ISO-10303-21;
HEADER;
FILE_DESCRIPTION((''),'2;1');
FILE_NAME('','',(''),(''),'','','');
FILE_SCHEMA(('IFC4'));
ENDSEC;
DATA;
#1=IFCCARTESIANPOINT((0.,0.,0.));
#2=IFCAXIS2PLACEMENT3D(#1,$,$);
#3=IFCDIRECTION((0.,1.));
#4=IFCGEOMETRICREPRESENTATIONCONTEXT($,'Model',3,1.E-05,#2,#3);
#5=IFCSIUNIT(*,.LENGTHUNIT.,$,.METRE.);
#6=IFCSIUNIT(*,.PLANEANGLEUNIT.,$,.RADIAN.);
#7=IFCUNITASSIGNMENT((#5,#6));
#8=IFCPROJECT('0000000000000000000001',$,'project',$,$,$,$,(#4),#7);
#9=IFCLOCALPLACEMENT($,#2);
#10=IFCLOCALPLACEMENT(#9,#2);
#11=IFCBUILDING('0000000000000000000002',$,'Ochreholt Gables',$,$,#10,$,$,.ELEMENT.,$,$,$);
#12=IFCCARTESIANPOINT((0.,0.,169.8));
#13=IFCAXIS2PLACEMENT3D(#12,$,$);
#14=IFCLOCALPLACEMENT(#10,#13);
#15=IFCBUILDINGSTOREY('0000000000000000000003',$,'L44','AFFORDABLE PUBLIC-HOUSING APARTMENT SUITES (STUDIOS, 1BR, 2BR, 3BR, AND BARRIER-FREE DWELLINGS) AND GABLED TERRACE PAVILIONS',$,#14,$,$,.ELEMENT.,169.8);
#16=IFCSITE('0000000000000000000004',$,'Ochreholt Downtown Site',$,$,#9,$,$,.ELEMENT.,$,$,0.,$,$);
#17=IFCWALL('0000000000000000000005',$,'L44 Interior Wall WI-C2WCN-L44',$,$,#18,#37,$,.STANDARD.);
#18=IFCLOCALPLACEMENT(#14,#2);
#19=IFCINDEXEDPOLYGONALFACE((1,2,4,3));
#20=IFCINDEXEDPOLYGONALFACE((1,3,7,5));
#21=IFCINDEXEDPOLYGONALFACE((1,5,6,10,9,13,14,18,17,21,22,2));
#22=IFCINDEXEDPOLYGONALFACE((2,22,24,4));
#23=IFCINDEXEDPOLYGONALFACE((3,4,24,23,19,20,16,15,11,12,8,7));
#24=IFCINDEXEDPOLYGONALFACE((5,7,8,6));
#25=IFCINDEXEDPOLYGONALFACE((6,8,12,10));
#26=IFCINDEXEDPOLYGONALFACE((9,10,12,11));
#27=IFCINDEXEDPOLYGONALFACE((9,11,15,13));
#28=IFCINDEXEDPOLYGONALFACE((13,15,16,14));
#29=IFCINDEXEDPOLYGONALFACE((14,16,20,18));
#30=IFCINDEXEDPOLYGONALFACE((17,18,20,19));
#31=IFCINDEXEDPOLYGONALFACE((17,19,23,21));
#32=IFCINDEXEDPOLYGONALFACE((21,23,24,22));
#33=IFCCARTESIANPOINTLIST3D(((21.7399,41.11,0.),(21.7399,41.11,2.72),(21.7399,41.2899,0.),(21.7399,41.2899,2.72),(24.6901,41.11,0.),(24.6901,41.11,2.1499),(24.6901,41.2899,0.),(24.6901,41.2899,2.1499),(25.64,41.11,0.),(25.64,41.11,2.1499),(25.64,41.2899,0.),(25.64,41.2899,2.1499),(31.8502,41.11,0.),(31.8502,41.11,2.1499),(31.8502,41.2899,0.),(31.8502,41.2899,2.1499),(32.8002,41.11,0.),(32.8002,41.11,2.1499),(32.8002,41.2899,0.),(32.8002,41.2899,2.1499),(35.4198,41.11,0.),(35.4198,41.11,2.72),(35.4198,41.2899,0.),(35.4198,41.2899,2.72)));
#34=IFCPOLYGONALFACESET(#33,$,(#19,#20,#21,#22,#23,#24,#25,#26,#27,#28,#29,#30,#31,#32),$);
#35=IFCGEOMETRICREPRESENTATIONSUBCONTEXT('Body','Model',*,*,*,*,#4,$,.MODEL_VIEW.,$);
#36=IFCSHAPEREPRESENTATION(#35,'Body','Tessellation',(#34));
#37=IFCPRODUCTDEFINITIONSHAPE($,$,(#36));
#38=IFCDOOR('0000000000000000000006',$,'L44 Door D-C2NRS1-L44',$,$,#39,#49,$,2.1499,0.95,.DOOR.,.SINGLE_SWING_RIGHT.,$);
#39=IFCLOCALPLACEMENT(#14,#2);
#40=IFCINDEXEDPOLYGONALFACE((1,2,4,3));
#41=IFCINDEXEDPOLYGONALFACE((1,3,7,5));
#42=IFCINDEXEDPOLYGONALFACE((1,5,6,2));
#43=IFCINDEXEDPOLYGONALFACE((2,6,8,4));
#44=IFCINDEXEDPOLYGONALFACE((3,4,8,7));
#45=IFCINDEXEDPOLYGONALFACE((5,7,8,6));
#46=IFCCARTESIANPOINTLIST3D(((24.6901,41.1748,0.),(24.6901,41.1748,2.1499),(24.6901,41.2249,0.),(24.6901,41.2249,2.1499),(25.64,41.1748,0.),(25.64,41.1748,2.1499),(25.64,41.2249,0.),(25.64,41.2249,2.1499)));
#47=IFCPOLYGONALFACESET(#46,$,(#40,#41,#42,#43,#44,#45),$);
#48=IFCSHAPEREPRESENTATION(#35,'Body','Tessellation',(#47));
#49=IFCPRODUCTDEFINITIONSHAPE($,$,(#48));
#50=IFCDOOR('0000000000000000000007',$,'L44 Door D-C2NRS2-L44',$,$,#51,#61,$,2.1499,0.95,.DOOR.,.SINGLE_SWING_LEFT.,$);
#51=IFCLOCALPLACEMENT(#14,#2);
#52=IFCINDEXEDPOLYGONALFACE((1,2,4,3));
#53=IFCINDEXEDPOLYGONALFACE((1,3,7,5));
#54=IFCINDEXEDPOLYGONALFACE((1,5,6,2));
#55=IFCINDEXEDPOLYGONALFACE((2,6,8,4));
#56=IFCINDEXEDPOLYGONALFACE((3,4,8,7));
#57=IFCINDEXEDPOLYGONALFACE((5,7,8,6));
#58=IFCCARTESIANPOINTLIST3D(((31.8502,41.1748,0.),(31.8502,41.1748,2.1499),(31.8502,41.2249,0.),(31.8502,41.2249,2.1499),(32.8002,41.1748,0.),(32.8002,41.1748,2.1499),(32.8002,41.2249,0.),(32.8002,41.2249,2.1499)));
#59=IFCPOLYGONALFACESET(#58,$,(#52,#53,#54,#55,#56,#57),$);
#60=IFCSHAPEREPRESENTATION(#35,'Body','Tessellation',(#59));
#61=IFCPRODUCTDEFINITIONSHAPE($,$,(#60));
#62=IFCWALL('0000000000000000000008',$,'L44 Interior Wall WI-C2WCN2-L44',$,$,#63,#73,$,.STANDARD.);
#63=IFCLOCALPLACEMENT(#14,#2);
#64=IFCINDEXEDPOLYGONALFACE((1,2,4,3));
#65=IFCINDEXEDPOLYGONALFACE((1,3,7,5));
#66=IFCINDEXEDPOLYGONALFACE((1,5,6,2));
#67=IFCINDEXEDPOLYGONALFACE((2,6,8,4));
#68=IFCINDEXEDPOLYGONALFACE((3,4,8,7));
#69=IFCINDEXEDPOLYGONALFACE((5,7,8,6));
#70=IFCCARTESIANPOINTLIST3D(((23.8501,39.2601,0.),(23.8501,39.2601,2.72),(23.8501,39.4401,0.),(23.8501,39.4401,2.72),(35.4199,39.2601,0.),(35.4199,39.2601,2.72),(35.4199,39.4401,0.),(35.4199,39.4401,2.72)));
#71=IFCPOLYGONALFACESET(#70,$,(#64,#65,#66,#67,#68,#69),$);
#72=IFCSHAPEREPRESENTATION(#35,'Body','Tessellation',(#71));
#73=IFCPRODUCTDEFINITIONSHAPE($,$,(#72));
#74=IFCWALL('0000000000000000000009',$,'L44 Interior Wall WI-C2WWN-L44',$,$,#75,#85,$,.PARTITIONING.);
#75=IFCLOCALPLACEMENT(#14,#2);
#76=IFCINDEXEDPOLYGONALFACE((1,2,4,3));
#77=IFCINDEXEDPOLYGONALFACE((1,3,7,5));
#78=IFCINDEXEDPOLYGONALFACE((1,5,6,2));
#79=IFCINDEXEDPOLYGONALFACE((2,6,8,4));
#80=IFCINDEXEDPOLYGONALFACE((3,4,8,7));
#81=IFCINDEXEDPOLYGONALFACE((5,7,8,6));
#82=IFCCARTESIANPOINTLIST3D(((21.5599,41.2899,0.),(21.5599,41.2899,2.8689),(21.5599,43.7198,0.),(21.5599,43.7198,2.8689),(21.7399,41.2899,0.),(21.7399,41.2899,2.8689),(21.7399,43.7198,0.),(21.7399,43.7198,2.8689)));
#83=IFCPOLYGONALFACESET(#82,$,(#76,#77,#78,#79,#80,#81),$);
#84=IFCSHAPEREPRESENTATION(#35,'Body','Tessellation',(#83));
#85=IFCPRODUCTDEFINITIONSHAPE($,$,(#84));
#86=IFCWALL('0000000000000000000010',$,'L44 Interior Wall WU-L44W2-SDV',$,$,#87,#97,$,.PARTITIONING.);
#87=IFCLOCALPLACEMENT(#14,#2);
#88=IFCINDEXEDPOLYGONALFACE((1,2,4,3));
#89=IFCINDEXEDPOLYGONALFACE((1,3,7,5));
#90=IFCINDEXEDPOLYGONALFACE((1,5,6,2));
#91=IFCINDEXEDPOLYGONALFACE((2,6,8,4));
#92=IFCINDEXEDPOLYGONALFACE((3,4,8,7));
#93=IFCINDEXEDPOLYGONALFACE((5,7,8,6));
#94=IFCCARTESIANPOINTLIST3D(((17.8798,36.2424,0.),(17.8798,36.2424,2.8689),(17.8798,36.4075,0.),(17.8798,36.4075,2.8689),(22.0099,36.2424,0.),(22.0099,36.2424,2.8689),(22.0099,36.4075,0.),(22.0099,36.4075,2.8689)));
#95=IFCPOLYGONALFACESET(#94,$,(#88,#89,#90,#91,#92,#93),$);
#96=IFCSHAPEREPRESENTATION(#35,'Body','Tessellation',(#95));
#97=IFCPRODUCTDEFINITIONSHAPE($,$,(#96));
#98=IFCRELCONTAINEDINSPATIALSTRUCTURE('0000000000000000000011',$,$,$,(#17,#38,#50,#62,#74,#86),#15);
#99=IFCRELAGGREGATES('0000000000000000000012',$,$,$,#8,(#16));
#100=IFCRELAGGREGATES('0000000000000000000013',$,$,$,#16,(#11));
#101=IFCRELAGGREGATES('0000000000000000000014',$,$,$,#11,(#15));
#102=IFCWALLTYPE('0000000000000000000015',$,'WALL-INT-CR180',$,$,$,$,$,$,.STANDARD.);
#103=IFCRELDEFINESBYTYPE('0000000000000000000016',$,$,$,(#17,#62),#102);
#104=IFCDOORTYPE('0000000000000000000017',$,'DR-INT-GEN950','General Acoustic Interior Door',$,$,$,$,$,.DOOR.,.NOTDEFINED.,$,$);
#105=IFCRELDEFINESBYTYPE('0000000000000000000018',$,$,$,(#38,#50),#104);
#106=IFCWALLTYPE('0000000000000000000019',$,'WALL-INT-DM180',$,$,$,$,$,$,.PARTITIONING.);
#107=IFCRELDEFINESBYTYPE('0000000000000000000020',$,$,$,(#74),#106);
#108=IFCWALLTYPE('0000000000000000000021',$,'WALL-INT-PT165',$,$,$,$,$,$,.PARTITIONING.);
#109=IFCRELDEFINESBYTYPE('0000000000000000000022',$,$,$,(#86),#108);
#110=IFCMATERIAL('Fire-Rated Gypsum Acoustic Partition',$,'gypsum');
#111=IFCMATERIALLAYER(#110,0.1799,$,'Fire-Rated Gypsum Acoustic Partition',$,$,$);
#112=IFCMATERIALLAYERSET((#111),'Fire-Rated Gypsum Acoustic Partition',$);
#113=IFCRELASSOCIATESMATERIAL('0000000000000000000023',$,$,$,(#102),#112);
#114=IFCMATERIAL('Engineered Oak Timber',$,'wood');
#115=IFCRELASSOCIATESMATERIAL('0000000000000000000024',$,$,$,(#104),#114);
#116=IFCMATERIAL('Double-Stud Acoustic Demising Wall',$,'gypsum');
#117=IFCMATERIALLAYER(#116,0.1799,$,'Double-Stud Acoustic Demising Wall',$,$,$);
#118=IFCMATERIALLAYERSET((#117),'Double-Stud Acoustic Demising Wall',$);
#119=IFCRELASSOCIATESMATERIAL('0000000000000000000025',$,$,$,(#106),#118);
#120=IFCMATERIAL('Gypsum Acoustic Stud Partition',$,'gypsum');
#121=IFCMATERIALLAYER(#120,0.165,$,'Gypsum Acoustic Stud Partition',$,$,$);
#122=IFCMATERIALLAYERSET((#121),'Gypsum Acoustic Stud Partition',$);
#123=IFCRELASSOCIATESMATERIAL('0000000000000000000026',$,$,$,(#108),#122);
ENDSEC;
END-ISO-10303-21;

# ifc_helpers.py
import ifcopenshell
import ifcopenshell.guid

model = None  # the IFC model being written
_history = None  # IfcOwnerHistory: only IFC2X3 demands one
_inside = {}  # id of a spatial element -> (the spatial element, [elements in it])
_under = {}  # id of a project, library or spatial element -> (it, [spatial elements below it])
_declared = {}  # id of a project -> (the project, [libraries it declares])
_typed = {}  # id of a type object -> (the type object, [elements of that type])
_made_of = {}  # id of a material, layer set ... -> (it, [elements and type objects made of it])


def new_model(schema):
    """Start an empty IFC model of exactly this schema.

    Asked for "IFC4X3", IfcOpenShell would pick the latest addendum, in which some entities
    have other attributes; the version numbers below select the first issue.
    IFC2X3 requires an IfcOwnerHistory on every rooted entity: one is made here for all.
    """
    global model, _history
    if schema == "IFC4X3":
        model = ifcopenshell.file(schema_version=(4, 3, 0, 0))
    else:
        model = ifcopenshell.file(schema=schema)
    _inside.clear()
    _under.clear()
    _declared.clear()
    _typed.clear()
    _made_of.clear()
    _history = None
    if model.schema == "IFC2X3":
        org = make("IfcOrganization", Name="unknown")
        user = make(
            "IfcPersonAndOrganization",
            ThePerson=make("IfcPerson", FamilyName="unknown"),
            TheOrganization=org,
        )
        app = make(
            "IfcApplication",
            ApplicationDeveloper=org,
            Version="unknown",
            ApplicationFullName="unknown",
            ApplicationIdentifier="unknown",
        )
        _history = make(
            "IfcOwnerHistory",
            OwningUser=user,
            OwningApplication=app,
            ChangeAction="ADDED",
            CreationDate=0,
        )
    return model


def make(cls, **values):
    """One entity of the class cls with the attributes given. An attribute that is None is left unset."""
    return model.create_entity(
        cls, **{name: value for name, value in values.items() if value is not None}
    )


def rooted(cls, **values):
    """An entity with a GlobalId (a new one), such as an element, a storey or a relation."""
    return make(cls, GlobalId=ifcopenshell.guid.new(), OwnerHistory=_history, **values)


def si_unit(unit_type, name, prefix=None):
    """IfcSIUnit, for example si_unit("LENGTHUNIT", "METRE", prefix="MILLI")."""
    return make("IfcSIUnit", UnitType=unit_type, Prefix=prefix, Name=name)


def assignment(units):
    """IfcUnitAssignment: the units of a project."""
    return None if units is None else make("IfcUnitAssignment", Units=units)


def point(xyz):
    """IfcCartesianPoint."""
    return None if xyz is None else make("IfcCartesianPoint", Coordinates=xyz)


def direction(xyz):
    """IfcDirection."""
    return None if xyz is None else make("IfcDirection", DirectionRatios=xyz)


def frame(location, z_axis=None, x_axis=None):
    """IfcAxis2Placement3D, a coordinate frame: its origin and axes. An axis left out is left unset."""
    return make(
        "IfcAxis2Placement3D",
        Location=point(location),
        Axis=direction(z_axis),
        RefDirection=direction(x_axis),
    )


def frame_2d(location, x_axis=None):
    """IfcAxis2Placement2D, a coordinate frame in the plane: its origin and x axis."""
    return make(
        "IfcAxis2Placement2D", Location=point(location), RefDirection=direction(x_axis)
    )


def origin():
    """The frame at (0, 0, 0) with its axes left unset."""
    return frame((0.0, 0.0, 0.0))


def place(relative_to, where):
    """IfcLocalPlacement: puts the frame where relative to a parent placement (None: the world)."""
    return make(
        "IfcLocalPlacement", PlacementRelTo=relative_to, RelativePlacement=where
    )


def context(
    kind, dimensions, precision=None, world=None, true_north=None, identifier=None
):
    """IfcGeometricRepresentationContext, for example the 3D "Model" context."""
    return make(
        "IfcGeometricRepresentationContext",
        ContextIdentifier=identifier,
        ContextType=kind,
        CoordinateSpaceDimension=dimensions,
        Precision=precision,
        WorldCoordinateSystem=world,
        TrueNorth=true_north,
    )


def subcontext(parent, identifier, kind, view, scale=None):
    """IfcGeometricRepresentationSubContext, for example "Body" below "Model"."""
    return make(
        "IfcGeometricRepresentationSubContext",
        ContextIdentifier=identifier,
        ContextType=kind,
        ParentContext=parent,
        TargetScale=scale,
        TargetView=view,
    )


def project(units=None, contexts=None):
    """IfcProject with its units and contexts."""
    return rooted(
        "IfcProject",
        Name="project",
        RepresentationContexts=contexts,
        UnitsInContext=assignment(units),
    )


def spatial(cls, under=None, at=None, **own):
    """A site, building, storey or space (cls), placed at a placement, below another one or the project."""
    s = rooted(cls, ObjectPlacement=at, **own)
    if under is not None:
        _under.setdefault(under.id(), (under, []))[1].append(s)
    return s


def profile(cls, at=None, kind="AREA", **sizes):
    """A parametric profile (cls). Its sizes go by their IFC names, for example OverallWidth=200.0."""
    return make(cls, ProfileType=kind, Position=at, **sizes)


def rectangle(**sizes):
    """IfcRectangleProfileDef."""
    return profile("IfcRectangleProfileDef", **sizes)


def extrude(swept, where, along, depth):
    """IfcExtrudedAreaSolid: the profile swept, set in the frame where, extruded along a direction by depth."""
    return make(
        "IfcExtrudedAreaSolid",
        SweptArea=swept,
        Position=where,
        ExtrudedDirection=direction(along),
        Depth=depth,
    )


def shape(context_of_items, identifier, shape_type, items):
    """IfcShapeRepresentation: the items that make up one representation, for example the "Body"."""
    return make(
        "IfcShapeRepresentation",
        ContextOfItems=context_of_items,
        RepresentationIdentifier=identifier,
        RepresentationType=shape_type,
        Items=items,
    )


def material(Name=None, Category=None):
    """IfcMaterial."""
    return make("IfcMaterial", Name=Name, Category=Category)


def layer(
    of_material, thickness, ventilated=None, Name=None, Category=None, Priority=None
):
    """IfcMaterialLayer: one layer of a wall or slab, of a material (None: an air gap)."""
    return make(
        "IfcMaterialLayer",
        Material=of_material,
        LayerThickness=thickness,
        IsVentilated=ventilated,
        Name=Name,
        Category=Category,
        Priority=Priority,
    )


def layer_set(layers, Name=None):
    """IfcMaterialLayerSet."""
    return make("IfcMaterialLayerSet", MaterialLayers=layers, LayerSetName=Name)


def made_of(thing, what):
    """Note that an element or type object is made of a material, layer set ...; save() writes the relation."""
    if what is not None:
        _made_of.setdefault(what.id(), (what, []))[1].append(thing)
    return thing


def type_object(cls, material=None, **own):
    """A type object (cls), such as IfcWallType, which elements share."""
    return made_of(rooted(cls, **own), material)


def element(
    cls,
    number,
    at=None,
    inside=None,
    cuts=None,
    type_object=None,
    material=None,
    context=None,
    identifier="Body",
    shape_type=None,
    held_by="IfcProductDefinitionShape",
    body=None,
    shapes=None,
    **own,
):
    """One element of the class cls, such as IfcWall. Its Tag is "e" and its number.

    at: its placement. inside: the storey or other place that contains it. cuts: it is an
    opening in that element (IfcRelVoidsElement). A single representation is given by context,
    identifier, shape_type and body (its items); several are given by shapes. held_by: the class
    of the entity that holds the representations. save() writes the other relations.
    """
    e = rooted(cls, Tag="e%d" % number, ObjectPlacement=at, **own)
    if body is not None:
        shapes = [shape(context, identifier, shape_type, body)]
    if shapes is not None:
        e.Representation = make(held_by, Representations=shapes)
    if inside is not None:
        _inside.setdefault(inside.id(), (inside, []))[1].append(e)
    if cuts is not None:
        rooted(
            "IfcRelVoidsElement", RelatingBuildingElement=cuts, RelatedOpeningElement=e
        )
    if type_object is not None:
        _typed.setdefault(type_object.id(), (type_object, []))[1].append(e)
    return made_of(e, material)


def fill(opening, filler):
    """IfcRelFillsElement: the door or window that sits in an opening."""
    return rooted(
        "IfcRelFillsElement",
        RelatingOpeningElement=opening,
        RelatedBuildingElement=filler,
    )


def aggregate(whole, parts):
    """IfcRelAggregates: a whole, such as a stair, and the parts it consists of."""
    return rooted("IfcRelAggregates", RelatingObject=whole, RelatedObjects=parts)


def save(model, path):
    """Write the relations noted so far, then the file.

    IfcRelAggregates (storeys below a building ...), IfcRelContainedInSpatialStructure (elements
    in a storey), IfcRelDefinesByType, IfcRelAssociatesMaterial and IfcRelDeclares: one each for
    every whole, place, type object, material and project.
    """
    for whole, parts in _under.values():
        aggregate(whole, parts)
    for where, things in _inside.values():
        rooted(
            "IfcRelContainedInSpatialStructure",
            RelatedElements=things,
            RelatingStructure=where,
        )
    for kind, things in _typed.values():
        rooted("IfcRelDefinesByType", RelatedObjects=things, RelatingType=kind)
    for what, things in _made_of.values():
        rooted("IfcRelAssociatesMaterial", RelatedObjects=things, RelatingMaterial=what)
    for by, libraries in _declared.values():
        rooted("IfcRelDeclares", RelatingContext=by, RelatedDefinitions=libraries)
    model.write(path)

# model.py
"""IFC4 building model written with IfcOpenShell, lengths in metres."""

from ifc_helpers import new_model, si_unit, direction, frame, frame_2d, origin, place, context, subcontext, project, spatial, rectangle, extrude, material, layer, layer_set, type_object, element, fill, save


model = new_model("IFC4")

# Units and contexts
model_context = context("Model", 3, precision=1e-05, world=origin(), true_north=direction((0.0, 1.0)))
body_context = subcontext(model_context, "Body", "Model", "MODEL_VIEW")
ifc_project = project(units=[si_unit("LENGTHUNIT", "METRE"), si_unit("PLANEANGLEUNIT", "RADIAN")], contexts=[model_context])

# Site, building, storey
site_placement = place(None, origin())
site = spatial("IfcSite", under=ifc_project, at=site_placement, Name="Ochreholt Downtown Site", CompositionType="ELEMENT", RefElevation=0.0)
building_placement = place(site_placement, origin())
building = spatial("IfcBuilding", under=site, at=building_placement, Name="Ochreholt Gables", CompositionType="ELEMENT")
storey_placement = place(building_placement, frame((0.0, 0.0, 169.8)))
storey = spatial("IfcBuildingStorey", under=building, at=storey_placement, Name="L44", Description="AFFORDABLE PUBLIC-HOUSING APARTMENT SUITES (STUDIOS, 1BR, 2BR, 3BR, AND BARRIER-FREE DWELLINGS) AND GABLED TERRACE PAVILIONS", CompositionType="ELEMENT", Elevation=169.8)

# Wall, openings, doors
ifc_material_1 = material(Name="Fire-Rated Gypsum Acoustic Partition", Category="gypsum")
ifc_layer_1 = layer(ifc_material_1, 0.1799, Name="Fire-Rated Gypsum Acoustic Partition")
ifc_layer_set_1 = layer_set([ifc_layer_1], Name="Fire-Rated Gypsum Acoustic Partition")
wall_type_1 = type_object("IfcWallType", Name="WALL-INT-CR180", PredefinedType="STANDARD", material=ifc_layer_set_1)
wall_1_placement = place(storey_placement, frame((21.74, 41.2, 0.0), z_axis=(0.0, 0.0, 1.0), x_axis=(1.0, 0.0, 0.0)))
wall_1 = element("IfcWall", 1, at=wall_1_placement, inside=storey, type_object=wall_type_1, Name="L44 Interior Wall WI-C2WCN-L44", PredefinedType="STANDARD", context=body_context, shape_type="SweptSolid", body=[
    extrude(rectangle(XDim=13.6799, YDim=0.1799, at=frame_2d((6.8398, 0.0))), origin(), (0.0, 0.0, 1.0), 2.72),
])
opening_1_placement = place(wall_1_placement, frame((2.95, 0.0, 0.0)))
opening_1 = element("IfcOpeningElement", 2, at=opening_1_placement, cuts=wall_1, PredefinedType="OPENING", context=body_context, shape_type="SweptSolid", body=[
    extrude(rectangle(XDim=0.95, YDim=2.1499, at=frame_2d((0.4751, 1.075))), frame((0.0, 0.0999, 0.0), z_axis=(0.0, -1.0, 0.0), x_axis=(1.0, 0.0, 0.0)), (0.0, 0.0, 1.0), 0.2),
])
opening_2_placement = place(wall_1_placement, frame((10.1101, 0.0, 0.0)))
opening_2 = element("IfcOpeningElement", 3, at=opening_2_placement, cuts=wall_1, PredefinedType="OPENING", context=body_context, shape_type="SweptSolid", body=[
    extrude(rectangle(XDim=0.95, YDim=2.1499, at=frame_2d((0.4751, 1.075))), frame((0.0, 0.0999, 0.0), z_axis=(0.0, -1.0, 0.0), x_axis=(1.0, 0.0, 0.0)), (0.0, 0.0, 1.0), 0.2),
])
ifc_material_2 = material(Name="Engineered Oak Timber", Category="wood")
door_type = type_object("IfcDoorType", Name="DR-INT-GEN950", Description="General Acoustic Interior Door", OperationType="NOTDEFINED", PredefinedType="DOOR", material=ifc_material_2)
door_1_placement = place(opening_1_placement, origin())
door_1 = element("IfcDoor", 4, at=door_1_placement, inside=storey, type_object=door_type, Name="L44 Door D-C2NRS1-L44", OperationType="SINGLE_SWING_RIGHT", OverallHeight=2.1499, OverallWidth=0.95, PredefinedType="DOOR", context=body_context, shape_type="SweptSolid", body=[
    extrude(rectangle(XDim=0.95, YDim=2.1499, at=frame_2d((0.4751, 1.075))), frame((0.0, 0.0249, 0.0), z_axis=(0.0, -1.0, 0.0), x_axis=(1.0, 0.0, 0.0)), (0.0, 0.0, 1.0), 0.05),
])
fill(opening_1, door_1)
door_2_placement = place(opening_2_placement, origin())
door_2 = element("IfcDoor", 5, at=door_2_placement, inside=storey, type_object=door_type, Name="L44 Door D-C2NRS2-L44", OperationType="SINGLE_SWING_LEFT", OverallHeight=2.1499, OverallWidth=0.95, PredefinedType="DOOR", context=body_context, shape_type="SweptSolid", body=[
    extrude(rectangle(XDim=0.95, YDim=2.1499, at=frame_2d((0.4751, 1.075))), frame((0.0, 0.0249, 0.0), z_axis=(0.0, -1.0, 0.0), x_axis=(1.0, 0.0, 0.0)), (0.0, 0.0, 1.0), 0.05),
])
fill(opening_2, door_2)

# Walls
wall_2_placement = place(storey_placement, frame((23.8501, 39.3501, 0.0), z_axis=(0.0, 0.0, 1.0), x_axis=(1.0, 0.0, 0.0)))
element("IfcWall", 6, at=wall_2_placement, inside=storey, type_object=wall_type_1, Name="L44 Interior Wall WI-C2WCN2-L44", PredefinedType="STANDARD", context=body_context, shape_type="SweptSolid", body=[
    extrude(rectangle(XDim=11.5698, YDim=0.1799, at=frame_2d((5.7849, 0.0))), origin(), (0.0, 0.0, 1.0), 2.72),
])
ifc_material_3 = material(Name="Double-Stud Acoustic Demising Wall", Category="gypsum")
ifc_layer_2 = layer(ifc_material_3, 0.1799, Name="Double-Stud Acoustic Demising Wall")
ifc_layer_set_2 = layer_set([ifc_layer_2], Name="Double-Stud Acoustic Demising Wall")
wall_type_2 = type_object("IfcWallType", Name="WALL-INT-DM180", PredefinedType="PARTITIONING", material=ifc_layer_set_2)
wall_3_placement = place(storey_placement, frame((21.6499, 41.29, 0.0), z_axis=(0.0, 0.0, 1.0), x_axis=(0.0, 1.0, 0.0)))
element("IfcWall", 7, at=wall_3_placement, inside=storey, type_object=wall_type_2, Name="L44 Interior Wall WI-C2WWN-L44", PredefinedType="PARTITIONING", context=body_context, shape_type="SweptSolid", body=[
    extrude(rectangle(XDim=2.4299, YDim=0.1799, at=frame_2d((1.2148, 0.0))), origin(), (0.0, 0.0, 1.0), 2.8689),
])
ifc_material_4 = material(Name="Gypsum Acoustic Stud Partition", Category="gypsum")
ifc_layer_3 = layer(ifc_material_4, 0.165, Name="Gypsum Acoustic Stud Partition")
ifc_layer_set_3 = layer_set([ifc_layer_3], Name="Gypsum Acoustic Stud Partition")
wall_type_3 = type_object("IfcWallType", Name="WALL-INT-PT165", PredefinedType="PARTITIONING", material=ifc_layer_set_3)
wall_4_placement = place(storey_placement, frame((17.8799, 36.325, 0.0), z_axis=(0.0, 0.0, 1.0), x_axis=(1.0, 0.0, 0.0)))
element("IfcWall", 8, at=wall_4_placement, inside=storey, type_object=wall_type_3, Name="L44 Interior Wall WU-L44W2-SDV", PredefinedType="PARTITIONING", context=body_context, shape_type="SweptSolid", body=[
    extrude(rectangle(XDim=4.1301, YDim=0.165, at=frame_2d((2.0649, 0.0))), origin(), (0.0, 0.0, 1.0), 2.8689),
])

save(model, "model.ifc")
